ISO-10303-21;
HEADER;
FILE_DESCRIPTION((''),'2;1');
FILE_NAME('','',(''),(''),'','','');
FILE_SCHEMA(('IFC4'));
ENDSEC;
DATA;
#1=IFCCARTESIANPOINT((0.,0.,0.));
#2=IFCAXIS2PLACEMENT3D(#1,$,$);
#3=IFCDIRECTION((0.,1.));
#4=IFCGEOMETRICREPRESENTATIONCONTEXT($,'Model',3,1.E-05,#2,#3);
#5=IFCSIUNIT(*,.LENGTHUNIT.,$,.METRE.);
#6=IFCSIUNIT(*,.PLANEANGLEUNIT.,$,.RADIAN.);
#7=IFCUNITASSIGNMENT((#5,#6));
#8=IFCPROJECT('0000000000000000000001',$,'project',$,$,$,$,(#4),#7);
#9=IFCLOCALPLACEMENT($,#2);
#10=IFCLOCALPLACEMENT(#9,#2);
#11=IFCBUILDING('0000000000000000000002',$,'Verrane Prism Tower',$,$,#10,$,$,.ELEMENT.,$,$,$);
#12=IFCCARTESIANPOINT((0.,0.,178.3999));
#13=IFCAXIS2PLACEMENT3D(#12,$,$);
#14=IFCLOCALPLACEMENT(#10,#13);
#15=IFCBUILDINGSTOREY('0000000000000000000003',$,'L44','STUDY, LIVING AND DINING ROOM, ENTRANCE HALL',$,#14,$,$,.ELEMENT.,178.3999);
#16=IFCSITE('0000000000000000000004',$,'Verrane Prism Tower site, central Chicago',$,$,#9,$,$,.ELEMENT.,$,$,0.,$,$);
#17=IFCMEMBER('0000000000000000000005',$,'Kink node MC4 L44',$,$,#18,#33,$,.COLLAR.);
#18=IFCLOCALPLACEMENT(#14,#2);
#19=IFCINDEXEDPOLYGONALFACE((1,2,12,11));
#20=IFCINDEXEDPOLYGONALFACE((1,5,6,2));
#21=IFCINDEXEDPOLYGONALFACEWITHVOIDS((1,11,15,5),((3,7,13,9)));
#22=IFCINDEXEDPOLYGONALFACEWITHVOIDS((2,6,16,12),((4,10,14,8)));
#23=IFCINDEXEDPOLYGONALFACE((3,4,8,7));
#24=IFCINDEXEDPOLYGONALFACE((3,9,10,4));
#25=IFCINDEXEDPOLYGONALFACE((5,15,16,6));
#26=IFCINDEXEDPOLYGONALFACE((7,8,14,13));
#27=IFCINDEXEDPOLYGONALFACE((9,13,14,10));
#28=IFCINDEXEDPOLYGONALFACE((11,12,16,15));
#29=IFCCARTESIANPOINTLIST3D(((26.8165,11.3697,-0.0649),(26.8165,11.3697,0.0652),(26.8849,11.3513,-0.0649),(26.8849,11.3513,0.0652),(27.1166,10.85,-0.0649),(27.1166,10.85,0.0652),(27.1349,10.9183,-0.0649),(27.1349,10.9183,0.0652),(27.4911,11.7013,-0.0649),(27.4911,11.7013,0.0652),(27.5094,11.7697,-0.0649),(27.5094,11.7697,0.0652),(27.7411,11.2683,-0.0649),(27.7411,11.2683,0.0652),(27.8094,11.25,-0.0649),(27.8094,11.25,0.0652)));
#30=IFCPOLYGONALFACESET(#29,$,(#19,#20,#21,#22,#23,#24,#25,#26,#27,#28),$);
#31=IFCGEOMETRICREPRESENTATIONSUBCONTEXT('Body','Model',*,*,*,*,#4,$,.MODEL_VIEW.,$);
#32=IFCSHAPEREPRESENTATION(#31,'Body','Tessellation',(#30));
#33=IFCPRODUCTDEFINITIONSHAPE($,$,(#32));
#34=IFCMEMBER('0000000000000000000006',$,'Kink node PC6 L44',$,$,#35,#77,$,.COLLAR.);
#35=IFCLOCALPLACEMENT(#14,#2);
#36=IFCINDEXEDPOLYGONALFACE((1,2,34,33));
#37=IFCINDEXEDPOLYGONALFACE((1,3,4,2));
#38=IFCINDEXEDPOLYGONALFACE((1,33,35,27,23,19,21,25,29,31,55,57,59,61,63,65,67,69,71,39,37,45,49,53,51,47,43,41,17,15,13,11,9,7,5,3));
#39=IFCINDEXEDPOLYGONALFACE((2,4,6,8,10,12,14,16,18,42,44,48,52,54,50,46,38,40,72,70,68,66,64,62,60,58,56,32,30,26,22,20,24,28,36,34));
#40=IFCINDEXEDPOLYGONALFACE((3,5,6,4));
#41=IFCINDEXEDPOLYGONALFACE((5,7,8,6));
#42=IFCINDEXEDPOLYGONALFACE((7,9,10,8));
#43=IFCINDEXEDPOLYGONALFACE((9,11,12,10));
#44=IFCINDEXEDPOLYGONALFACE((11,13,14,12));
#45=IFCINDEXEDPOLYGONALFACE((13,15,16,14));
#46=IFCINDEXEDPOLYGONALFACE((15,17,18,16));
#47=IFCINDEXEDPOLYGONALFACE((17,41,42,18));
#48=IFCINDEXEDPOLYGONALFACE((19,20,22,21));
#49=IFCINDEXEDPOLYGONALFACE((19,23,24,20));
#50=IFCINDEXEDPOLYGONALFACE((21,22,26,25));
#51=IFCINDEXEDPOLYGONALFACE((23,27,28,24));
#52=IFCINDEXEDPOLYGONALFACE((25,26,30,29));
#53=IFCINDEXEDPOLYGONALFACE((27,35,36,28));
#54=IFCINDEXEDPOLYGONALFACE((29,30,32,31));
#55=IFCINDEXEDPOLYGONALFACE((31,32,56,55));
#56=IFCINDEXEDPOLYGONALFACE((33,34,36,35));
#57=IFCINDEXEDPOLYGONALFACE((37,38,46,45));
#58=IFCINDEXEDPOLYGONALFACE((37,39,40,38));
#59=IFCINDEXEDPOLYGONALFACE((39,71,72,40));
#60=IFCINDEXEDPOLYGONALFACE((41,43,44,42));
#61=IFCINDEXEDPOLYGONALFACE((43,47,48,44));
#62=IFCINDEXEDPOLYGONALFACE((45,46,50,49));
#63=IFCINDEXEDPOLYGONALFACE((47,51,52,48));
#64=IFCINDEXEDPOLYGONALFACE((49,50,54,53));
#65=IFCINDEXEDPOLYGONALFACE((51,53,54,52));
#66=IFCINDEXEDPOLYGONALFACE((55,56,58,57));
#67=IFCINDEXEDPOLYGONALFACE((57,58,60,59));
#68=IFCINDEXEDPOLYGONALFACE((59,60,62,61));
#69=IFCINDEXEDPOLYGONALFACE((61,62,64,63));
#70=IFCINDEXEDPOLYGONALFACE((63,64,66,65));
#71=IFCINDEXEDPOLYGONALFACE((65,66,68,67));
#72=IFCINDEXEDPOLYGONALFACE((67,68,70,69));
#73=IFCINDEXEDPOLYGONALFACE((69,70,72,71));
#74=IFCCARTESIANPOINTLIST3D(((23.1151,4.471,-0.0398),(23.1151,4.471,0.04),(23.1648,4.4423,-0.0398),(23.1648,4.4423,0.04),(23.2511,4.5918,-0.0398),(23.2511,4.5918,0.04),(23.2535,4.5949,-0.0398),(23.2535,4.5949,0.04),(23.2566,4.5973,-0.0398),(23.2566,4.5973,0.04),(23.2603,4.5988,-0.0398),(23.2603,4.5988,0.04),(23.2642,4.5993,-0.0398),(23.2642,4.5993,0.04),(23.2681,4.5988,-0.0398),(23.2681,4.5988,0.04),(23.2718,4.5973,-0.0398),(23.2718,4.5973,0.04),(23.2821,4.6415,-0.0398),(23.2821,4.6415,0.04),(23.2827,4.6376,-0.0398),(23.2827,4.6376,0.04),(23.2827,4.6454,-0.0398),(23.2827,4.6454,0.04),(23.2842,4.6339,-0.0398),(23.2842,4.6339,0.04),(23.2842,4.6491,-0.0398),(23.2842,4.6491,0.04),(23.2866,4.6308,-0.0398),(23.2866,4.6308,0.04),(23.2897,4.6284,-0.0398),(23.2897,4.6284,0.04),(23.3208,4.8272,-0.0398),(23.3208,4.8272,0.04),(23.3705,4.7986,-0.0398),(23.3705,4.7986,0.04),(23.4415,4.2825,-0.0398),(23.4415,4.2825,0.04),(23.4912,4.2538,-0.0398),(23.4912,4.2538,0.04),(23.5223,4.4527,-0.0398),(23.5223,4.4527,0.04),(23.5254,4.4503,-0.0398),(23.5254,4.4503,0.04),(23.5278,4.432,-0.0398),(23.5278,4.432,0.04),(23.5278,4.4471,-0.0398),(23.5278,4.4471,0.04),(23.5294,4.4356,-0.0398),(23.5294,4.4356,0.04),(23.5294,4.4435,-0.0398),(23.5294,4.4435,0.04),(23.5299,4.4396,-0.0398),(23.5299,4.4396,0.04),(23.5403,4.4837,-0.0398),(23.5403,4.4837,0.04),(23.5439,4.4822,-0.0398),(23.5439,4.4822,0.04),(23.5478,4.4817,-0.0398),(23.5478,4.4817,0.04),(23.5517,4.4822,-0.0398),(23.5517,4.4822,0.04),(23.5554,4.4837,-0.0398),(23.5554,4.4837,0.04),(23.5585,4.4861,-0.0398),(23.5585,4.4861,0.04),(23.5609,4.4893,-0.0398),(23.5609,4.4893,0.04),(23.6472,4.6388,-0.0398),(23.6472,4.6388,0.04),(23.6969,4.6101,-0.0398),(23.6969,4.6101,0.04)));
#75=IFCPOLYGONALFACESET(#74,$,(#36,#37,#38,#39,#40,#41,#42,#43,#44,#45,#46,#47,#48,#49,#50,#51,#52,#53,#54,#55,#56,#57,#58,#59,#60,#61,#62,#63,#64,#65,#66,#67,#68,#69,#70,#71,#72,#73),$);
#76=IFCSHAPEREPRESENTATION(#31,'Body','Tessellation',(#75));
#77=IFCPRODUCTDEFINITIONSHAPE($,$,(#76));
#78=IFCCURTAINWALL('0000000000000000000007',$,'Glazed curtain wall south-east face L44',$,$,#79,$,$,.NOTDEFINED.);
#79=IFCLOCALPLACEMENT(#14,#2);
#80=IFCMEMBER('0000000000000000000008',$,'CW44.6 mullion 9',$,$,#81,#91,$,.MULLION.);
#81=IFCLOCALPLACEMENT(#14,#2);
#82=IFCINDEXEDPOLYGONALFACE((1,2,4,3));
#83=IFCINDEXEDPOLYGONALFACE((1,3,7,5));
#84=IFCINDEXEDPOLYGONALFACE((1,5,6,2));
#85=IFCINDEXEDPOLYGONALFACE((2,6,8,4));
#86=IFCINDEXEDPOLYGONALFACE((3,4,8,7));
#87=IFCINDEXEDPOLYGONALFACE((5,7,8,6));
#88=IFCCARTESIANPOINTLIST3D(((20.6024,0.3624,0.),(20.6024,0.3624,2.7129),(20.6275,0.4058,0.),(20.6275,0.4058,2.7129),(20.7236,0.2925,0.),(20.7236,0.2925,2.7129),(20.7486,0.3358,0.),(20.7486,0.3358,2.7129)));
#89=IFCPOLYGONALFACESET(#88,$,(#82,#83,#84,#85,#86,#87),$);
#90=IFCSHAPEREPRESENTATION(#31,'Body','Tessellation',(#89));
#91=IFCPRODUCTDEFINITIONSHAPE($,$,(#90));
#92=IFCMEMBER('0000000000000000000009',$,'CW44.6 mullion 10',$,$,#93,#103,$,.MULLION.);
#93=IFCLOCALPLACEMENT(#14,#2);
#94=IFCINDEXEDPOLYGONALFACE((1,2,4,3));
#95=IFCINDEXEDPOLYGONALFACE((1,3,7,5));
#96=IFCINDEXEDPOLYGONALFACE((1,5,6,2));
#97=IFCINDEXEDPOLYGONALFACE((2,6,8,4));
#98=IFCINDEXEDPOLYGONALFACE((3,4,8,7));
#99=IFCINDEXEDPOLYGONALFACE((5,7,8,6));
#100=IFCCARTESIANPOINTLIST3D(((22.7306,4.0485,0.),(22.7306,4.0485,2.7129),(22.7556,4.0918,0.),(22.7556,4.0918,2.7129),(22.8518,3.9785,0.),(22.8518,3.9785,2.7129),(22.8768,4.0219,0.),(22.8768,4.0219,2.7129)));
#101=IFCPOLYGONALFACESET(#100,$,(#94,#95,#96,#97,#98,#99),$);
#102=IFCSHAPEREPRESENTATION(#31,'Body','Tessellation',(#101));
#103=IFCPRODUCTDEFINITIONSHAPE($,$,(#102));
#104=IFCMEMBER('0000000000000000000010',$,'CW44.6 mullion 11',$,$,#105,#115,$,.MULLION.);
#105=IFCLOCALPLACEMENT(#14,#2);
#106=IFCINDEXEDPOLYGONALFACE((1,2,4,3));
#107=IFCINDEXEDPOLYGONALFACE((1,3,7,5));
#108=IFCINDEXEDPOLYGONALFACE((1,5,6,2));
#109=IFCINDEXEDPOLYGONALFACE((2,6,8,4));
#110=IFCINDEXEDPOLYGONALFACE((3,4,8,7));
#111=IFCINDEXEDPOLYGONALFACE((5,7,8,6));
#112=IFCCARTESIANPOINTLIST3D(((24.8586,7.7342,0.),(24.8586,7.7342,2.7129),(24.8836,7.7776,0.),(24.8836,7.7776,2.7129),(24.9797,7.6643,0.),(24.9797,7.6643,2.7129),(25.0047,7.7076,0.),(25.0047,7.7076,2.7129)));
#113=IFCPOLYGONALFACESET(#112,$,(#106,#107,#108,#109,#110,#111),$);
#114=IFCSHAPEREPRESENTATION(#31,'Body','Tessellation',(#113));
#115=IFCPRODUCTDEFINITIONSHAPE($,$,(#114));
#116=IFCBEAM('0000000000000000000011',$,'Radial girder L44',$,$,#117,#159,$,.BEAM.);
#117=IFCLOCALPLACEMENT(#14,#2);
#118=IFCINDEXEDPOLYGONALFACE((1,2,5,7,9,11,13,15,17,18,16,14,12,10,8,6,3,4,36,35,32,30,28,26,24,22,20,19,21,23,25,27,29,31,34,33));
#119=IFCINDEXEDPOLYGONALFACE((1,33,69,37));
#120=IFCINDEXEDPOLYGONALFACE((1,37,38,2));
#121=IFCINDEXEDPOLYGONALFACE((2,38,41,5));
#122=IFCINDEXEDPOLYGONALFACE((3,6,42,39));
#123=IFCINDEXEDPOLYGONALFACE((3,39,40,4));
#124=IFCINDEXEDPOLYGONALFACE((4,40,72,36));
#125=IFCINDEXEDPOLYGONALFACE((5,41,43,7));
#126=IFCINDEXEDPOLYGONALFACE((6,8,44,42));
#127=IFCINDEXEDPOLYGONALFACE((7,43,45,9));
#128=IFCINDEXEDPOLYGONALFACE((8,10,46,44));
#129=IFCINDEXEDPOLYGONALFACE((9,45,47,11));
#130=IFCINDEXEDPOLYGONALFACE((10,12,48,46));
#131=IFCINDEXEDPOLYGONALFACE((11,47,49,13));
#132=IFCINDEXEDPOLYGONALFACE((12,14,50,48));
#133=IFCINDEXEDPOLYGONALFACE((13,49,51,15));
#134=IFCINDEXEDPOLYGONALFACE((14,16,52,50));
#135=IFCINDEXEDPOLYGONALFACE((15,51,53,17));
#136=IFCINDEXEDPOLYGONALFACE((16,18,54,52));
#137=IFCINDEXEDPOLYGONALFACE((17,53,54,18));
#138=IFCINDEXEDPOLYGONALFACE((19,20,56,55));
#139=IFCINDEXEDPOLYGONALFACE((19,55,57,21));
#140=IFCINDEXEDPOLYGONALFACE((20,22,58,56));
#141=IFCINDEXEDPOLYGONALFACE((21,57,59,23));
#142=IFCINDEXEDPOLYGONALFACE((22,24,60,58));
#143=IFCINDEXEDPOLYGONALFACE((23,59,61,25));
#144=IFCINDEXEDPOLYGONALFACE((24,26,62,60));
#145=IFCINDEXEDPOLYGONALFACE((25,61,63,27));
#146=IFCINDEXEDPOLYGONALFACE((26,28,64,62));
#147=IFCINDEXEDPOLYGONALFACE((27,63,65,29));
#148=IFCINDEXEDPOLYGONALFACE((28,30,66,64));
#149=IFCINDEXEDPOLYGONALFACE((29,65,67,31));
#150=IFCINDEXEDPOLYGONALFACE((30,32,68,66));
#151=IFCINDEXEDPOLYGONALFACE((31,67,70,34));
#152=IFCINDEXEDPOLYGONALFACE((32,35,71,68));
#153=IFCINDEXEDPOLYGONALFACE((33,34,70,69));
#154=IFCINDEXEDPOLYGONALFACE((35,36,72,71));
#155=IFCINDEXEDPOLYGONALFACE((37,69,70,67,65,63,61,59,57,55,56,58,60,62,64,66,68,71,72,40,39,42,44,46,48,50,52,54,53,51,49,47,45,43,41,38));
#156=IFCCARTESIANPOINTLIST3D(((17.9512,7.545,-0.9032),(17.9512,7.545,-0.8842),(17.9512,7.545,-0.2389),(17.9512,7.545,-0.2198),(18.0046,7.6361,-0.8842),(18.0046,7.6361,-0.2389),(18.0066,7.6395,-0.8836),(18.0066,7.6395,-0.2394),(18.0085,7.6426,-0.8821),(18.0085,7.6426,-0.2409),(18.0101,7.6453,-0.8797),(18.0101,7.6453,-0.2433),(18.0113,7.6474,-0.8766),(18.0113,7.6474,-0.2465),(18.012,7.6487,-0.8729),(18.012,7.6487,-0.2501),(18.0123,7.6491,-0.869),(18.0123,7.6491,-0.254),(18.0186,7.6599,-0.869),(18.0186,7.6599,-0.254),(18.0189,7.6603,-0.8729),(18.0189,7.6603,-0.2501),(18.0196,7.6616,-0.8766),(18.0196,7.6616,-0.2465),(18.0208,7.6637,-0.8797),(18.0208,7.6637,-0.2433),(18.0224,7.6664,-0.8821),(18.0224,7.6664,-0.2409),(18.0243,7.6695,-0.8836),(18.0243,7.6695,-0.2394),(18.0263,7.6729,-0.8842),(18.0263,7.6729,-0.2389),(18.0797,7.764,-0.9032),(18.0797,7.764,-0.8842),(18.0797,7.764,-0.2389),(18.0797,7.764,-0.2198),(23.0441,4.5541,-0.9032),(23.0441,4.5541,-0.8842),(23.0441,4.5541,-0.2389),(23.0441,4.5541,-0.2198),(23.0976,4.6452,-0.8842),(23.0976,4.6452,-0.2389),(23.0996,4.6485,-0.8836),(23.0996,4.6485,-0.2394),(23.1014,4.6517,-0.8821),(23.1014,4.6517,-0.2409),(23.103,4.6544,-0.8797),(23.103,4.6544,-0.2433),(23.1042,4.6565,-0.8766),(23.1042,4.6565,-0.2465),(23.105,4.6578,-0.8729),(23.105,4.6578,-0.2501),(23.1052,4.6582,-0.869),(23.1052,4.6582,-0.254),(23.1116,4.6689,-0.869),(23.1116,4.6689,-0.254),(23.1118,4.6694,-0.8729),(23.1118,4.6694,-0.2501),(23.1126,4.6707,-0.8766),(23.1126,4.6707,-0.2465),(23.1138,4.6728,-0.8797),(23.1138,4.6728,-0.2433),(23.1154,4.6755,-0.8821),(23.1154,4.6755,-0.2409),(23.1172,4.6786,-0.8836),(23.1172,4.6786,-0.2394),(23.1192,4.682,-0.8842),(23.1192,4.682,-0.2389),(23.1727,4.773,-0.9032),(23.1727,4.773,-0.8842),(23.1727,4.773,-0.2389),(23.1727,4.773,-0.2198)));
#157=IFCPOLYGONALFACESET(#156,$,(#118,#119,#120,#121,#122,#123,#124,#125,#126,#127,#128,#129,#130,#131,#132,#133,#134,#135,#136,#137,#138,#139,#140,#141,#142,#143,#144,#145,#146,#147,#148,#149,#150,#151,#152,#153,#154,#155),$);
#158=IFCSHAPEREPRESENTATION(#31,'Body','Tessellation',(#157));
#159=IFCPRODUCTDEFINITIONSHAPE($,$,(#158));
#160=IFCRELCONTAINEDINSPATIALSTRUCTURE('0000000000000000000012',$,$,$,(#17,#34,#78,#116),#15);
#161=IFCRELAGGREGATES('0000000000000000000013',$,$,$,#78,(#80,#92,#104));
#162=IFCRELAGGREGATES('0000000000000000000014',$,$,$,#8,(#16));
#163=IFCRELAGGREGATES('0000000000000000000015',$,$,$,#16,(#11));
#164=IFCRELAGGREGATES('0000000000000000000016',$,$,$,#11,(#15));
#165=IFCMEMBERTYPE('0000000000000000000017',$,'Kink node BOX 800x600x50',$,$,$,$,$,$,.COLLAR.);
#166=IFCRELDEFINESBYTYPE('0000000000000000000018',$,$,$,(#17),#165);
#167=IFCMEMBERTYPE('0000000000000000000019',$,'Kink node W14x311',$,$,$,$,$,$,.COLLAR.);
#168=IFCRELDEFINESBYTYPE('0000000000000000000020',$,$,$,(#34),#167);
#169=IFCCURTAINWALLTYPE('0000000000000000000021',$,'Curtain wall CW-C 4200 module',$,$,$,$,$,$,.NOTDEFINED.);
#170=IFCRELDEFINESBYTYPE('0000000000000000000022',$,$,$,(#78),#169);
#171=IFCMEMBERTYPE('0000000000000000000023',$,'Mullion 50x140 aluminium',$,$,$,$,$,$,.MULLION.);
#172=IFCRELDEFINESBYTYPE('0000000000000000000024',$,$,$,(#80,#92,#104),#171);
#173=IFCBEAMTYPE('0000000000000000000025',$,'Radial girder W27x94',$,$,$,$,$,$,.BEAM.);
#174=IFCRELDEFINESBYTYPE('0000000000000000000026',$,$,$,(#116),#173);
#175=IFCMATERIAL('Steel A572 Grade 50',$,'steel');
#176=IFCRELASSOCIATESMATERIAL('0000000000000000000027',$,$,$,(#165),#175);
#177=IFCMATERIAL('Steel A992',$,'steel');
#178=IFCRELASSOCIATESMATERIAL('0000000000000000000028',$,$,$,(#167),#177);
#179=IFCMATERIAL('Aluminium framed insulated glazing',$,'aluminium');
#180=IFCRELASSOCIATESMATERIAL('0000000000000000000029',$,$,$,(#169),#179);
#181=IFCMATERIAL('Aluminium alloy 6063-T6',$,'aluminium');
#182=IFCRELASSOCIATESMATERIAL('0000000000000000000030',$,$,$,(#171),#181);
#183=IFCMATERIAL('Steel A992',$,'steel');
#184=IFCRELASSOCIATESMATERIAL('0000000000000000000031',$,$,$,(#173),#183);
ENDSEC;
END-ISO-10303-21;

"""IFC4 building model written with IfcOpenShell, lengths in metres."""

from ifc_helpers import new_model, si_unit, direction, frame, origin, origin_2d, place, context, subcontext, project, spatial, rectangle, hollow_rectangle, i_section, extrude, material, material_profile, profile_set, type_object, element, aggregate, save


model = new_model("IFC4")

# Units and contexts
model_context = context("Model", 3, precision=1e-05, world=origin(), true_north=direction((0.0, 1.0)))
body_context = subcontext(model_context, "Body", "Model", "MODEL_VIEW")
ifc_project = project(units=[si_unit("LENGTHUNIT", "METRE"), si_unit("PLANEANGLEUNIT", "RADIAN")], contexts=[model_context])

# Site, building, storey
site_placement = place(None, origin())
site = spatial("IfcSite", under=ifc_project, at=site_placement, Name="Verrane Prism Tower site, central Chicago", CompositionType="ELEMENT", RefElevation=0.0)
building_placement = place(site_placement, origin())
building = spatial("IfcBuilding", under=site, at=building_placement, Name="Verrane Prism Tower", CompositionType="ELEMENT")
storey_placement = place(building_placement, frame((0.0, 0.0, 178.3999)))
storey = spatial("IfcBuildingStorey", under=building, at=storey_placement, Name="L44", Description="STUDY, LIVING AND DINING ROOM, ENTRANCE HALL", CompositionType="ELEMENT", Elevation=178.3999)

# Members
ifc_material_1 = material(Name="Steel A572 Grade 50", Category="steel")
ifc_material_profile_1 = material_profile(ifc_material_1, hollow_rectangle(XDim=0.6001, YDim=0.8, WallThickness=0.05, at=origin_2d()), Name="BOX 800x600x50")
ifc_profile_set_1 = profile_set([ifc_material_profile_1], Name="Steel A572 Grade 50")
member_type_1 = type_object("IfcMemberType", Name="Kink node BOX 800x600x50", PredefinedType="COLLAR", material=ifc_profile_set_1)
member_1_placement = place(storey_placement, frame((27.313, 11.3098, -0.0649), z_axis=(0.0, 0.0, 1.0), x_axis=(0.5, -0.866025, 0.0)))
element("IfcMember", 1, at=member_1_placement, inside=storey, type_object=member_type_1, Name="Kink node MC4 L44", PredefinedType="COLLAR", context=body_context, shape_type="SweptSolid", body=[
    extrude(hollow_rectangle(XDim=0.6001, YDim=0.8, WallThickness=0.05, at=origin_2d()), origin(), (0.0, 0.0, 1.0), 0.1301),
])
ifc_material_2 = material(Name="Steel A992", Category="steel")
ifc_material_profile_2 = material_profile(ifc_material_2, i_section(OverallWidth=0.4114, OverallDepth=0.4343, WebThickness=0.0359, FlangeThickness=0.0574, FilletRadius=0.0151, at=origin_2d()), Name="W14x311")
ifc_profile_set_2 = profile_set([ifc_material_profile_2], Name="Steel A992")
member_type_2 = type_object("IfcMemberType", Name="Kink node W14x311", PredefinedType="COLLAR", material=ifc_profile_set_2)
member_2_placement = place(storey_placement, frame((23.406, 4.5405, -0.0398), z_axis=(0.0, 0.0, 1.0), x_axis=(-0.5, -0.866025, 0.0)))
element("IfcMember", 2, at=member_2_placement, inside=storey, type_object=member_type_2, Name="Kink node PC6 L44", PredefinedType="COLLAR", context=body_context, shape_type="SweptSolid", body=[
    extrude(i_section(OverallWidth=0.4114, OverallDepth=0.4343, WebThickness=0.0359, FlangeThickness=0.0574, FilletRadius=0.0151, at=origin_2d()), origin(), (0.0, 0.0, 1.0), 0.0798),
])

# Curtain wall, members
ifc_material_3 = material(Name="Aluminium framed insulated glazing", Category="aluminium")
curtain_wall_type = type_object("IfcCurtainWallType", Name="Curtain wall CW-C 4200 module", PredefinedType="NOTDEFINED", material=ifc_material_3)
curtain_wall_placement = place(storey_placement, origin())
curtain_wall = element("IfcCurtainWall", 3, at=curtain_wall_placement, inside=storey, type_object=curtain_wall_type, Name="Glazed curtain wall south-east face L44", PredefinedType="NOTDEFINED")
ifc_material_4 = material(Name="Aluminium alloy 6063-T6", Category="aluminium")
ifc_material_profile_3 = material_profile(ifc_material_4, rectangle(XDim=0.1399, YDim=0.05, at=origin_2d()), Name="Mullion 50x140 aluminium")
ifc_profile_set_3 = profile_set([ifc_material_profile_3], Name="Aluminium alloy 6063-T6")
member_type_3 = type_object("IfcMemberType", Name="Mullion 50x140 aluminium", PredefinedType="MULLION", material=ifc_profile_set_3)
member_3_placement = place(storey_placement, frame((20.6755, 0.3491, 0.0), z_axis=(0.0, 0.0, 1.0), x_axis=(-0.866026, 0.499999, 0.0)))
member_3 = element("IfcMember", 4, at=member_3_placement, type_object=member_type_3, Name="CW44.6 mullion 9", PredefinedType="MULLION", context=body_context, shape_type="SweptSolid", body=[
    extrude(rectangle(XDim=0.1399, YDim=0.05, at=origin_2d()), origin(), (0.0, 0.0, 1.0), 2.7129),
])
member_4_placement = place(storey_placement, frame((22.8037, 4.0352, 0.0), z_axis=(0.0, 0.0, 1.0), x_axis=(-0.866026, 0.499999, 0.0)))
member_4 = element("IfcMember", 5, at=member_4_placement, type_object=member_type_3, Name="CW44.6 mullion 10", PredefinedType="MULLION", context=body_context, shape_type="SweptSolid", body=[
    extrude(rectangle(XDim=0.1399, YDim=0.05, at=origin_2d()), origin(), (0.0, 0.0, 1.0), 2.7129),
])
member_5_placement = place(storey_placement, frame((24.9316, 7.7209, 0.0), z_axis=(0.0, 0.0, 1.0), x_axis=(-0.866026, 0.499999, 0.0)))
member_5 = element("IfcMember", 6, at=member_5_placement, type_object=member_type_3, Name="CW44.6 mullion 11", PredefinedType="MULLION", context=body_context, shape_type="SweptSolid", body=[
    extrude(rectangle(XDim=0.1399, YDim=0.05, at=origin_2d()), origin(), (0.0, 0.0, 1.0), 2.7129),
])

# Beam
ifc_material_5 = material(Name="Steel A992", Category="steel")
ifc_material_profile_4 = material_profile(ifc_material_5, i_section(OverallWidth=0.2539, OverallDepth=0.6833, WebThickness=0.0125, FlangeThickness=0.019, FilletRadius=0.0151, at=origin_2d()), Name="W27x94")
ifc_profile_set_4 = profile_set([ifc_material_profile_4], Name="Steel A992")
beam_type_1 = type_object("IfcBeamType", Name="Radial girder W27x94", PredefinedType="BEAM", material=ifc_profile_set_4)
beam_1_placement = place(storey_placement, frame((23.1084, 4.6636, -0.5615), z_axis=(-0.862298, 0.5064, 0.0), x_axis=(-0.5064, -0.862298, 0.0)))
element("IfcBeam", 7, at=beam_1_placement, inside=storey, type_object=beam_type_1, Name="Radial girder L44", PredefinedType="BEAM", context=body_context, shape_type="SweptSolid", body=[
    extrude(i_section(OverallWidth=0.2539, OverallDepth=0.6833, WebThickness=0.0125, FlangeThickness=0.019, FilletRadius=0.0151, at=origin_2d()), origin(), (0.0, 0.0, 1.0), 5.9062),
])

aggregate(curtain_wall, [member_3, member_4, member_5])

save(model, "model.ifc")
